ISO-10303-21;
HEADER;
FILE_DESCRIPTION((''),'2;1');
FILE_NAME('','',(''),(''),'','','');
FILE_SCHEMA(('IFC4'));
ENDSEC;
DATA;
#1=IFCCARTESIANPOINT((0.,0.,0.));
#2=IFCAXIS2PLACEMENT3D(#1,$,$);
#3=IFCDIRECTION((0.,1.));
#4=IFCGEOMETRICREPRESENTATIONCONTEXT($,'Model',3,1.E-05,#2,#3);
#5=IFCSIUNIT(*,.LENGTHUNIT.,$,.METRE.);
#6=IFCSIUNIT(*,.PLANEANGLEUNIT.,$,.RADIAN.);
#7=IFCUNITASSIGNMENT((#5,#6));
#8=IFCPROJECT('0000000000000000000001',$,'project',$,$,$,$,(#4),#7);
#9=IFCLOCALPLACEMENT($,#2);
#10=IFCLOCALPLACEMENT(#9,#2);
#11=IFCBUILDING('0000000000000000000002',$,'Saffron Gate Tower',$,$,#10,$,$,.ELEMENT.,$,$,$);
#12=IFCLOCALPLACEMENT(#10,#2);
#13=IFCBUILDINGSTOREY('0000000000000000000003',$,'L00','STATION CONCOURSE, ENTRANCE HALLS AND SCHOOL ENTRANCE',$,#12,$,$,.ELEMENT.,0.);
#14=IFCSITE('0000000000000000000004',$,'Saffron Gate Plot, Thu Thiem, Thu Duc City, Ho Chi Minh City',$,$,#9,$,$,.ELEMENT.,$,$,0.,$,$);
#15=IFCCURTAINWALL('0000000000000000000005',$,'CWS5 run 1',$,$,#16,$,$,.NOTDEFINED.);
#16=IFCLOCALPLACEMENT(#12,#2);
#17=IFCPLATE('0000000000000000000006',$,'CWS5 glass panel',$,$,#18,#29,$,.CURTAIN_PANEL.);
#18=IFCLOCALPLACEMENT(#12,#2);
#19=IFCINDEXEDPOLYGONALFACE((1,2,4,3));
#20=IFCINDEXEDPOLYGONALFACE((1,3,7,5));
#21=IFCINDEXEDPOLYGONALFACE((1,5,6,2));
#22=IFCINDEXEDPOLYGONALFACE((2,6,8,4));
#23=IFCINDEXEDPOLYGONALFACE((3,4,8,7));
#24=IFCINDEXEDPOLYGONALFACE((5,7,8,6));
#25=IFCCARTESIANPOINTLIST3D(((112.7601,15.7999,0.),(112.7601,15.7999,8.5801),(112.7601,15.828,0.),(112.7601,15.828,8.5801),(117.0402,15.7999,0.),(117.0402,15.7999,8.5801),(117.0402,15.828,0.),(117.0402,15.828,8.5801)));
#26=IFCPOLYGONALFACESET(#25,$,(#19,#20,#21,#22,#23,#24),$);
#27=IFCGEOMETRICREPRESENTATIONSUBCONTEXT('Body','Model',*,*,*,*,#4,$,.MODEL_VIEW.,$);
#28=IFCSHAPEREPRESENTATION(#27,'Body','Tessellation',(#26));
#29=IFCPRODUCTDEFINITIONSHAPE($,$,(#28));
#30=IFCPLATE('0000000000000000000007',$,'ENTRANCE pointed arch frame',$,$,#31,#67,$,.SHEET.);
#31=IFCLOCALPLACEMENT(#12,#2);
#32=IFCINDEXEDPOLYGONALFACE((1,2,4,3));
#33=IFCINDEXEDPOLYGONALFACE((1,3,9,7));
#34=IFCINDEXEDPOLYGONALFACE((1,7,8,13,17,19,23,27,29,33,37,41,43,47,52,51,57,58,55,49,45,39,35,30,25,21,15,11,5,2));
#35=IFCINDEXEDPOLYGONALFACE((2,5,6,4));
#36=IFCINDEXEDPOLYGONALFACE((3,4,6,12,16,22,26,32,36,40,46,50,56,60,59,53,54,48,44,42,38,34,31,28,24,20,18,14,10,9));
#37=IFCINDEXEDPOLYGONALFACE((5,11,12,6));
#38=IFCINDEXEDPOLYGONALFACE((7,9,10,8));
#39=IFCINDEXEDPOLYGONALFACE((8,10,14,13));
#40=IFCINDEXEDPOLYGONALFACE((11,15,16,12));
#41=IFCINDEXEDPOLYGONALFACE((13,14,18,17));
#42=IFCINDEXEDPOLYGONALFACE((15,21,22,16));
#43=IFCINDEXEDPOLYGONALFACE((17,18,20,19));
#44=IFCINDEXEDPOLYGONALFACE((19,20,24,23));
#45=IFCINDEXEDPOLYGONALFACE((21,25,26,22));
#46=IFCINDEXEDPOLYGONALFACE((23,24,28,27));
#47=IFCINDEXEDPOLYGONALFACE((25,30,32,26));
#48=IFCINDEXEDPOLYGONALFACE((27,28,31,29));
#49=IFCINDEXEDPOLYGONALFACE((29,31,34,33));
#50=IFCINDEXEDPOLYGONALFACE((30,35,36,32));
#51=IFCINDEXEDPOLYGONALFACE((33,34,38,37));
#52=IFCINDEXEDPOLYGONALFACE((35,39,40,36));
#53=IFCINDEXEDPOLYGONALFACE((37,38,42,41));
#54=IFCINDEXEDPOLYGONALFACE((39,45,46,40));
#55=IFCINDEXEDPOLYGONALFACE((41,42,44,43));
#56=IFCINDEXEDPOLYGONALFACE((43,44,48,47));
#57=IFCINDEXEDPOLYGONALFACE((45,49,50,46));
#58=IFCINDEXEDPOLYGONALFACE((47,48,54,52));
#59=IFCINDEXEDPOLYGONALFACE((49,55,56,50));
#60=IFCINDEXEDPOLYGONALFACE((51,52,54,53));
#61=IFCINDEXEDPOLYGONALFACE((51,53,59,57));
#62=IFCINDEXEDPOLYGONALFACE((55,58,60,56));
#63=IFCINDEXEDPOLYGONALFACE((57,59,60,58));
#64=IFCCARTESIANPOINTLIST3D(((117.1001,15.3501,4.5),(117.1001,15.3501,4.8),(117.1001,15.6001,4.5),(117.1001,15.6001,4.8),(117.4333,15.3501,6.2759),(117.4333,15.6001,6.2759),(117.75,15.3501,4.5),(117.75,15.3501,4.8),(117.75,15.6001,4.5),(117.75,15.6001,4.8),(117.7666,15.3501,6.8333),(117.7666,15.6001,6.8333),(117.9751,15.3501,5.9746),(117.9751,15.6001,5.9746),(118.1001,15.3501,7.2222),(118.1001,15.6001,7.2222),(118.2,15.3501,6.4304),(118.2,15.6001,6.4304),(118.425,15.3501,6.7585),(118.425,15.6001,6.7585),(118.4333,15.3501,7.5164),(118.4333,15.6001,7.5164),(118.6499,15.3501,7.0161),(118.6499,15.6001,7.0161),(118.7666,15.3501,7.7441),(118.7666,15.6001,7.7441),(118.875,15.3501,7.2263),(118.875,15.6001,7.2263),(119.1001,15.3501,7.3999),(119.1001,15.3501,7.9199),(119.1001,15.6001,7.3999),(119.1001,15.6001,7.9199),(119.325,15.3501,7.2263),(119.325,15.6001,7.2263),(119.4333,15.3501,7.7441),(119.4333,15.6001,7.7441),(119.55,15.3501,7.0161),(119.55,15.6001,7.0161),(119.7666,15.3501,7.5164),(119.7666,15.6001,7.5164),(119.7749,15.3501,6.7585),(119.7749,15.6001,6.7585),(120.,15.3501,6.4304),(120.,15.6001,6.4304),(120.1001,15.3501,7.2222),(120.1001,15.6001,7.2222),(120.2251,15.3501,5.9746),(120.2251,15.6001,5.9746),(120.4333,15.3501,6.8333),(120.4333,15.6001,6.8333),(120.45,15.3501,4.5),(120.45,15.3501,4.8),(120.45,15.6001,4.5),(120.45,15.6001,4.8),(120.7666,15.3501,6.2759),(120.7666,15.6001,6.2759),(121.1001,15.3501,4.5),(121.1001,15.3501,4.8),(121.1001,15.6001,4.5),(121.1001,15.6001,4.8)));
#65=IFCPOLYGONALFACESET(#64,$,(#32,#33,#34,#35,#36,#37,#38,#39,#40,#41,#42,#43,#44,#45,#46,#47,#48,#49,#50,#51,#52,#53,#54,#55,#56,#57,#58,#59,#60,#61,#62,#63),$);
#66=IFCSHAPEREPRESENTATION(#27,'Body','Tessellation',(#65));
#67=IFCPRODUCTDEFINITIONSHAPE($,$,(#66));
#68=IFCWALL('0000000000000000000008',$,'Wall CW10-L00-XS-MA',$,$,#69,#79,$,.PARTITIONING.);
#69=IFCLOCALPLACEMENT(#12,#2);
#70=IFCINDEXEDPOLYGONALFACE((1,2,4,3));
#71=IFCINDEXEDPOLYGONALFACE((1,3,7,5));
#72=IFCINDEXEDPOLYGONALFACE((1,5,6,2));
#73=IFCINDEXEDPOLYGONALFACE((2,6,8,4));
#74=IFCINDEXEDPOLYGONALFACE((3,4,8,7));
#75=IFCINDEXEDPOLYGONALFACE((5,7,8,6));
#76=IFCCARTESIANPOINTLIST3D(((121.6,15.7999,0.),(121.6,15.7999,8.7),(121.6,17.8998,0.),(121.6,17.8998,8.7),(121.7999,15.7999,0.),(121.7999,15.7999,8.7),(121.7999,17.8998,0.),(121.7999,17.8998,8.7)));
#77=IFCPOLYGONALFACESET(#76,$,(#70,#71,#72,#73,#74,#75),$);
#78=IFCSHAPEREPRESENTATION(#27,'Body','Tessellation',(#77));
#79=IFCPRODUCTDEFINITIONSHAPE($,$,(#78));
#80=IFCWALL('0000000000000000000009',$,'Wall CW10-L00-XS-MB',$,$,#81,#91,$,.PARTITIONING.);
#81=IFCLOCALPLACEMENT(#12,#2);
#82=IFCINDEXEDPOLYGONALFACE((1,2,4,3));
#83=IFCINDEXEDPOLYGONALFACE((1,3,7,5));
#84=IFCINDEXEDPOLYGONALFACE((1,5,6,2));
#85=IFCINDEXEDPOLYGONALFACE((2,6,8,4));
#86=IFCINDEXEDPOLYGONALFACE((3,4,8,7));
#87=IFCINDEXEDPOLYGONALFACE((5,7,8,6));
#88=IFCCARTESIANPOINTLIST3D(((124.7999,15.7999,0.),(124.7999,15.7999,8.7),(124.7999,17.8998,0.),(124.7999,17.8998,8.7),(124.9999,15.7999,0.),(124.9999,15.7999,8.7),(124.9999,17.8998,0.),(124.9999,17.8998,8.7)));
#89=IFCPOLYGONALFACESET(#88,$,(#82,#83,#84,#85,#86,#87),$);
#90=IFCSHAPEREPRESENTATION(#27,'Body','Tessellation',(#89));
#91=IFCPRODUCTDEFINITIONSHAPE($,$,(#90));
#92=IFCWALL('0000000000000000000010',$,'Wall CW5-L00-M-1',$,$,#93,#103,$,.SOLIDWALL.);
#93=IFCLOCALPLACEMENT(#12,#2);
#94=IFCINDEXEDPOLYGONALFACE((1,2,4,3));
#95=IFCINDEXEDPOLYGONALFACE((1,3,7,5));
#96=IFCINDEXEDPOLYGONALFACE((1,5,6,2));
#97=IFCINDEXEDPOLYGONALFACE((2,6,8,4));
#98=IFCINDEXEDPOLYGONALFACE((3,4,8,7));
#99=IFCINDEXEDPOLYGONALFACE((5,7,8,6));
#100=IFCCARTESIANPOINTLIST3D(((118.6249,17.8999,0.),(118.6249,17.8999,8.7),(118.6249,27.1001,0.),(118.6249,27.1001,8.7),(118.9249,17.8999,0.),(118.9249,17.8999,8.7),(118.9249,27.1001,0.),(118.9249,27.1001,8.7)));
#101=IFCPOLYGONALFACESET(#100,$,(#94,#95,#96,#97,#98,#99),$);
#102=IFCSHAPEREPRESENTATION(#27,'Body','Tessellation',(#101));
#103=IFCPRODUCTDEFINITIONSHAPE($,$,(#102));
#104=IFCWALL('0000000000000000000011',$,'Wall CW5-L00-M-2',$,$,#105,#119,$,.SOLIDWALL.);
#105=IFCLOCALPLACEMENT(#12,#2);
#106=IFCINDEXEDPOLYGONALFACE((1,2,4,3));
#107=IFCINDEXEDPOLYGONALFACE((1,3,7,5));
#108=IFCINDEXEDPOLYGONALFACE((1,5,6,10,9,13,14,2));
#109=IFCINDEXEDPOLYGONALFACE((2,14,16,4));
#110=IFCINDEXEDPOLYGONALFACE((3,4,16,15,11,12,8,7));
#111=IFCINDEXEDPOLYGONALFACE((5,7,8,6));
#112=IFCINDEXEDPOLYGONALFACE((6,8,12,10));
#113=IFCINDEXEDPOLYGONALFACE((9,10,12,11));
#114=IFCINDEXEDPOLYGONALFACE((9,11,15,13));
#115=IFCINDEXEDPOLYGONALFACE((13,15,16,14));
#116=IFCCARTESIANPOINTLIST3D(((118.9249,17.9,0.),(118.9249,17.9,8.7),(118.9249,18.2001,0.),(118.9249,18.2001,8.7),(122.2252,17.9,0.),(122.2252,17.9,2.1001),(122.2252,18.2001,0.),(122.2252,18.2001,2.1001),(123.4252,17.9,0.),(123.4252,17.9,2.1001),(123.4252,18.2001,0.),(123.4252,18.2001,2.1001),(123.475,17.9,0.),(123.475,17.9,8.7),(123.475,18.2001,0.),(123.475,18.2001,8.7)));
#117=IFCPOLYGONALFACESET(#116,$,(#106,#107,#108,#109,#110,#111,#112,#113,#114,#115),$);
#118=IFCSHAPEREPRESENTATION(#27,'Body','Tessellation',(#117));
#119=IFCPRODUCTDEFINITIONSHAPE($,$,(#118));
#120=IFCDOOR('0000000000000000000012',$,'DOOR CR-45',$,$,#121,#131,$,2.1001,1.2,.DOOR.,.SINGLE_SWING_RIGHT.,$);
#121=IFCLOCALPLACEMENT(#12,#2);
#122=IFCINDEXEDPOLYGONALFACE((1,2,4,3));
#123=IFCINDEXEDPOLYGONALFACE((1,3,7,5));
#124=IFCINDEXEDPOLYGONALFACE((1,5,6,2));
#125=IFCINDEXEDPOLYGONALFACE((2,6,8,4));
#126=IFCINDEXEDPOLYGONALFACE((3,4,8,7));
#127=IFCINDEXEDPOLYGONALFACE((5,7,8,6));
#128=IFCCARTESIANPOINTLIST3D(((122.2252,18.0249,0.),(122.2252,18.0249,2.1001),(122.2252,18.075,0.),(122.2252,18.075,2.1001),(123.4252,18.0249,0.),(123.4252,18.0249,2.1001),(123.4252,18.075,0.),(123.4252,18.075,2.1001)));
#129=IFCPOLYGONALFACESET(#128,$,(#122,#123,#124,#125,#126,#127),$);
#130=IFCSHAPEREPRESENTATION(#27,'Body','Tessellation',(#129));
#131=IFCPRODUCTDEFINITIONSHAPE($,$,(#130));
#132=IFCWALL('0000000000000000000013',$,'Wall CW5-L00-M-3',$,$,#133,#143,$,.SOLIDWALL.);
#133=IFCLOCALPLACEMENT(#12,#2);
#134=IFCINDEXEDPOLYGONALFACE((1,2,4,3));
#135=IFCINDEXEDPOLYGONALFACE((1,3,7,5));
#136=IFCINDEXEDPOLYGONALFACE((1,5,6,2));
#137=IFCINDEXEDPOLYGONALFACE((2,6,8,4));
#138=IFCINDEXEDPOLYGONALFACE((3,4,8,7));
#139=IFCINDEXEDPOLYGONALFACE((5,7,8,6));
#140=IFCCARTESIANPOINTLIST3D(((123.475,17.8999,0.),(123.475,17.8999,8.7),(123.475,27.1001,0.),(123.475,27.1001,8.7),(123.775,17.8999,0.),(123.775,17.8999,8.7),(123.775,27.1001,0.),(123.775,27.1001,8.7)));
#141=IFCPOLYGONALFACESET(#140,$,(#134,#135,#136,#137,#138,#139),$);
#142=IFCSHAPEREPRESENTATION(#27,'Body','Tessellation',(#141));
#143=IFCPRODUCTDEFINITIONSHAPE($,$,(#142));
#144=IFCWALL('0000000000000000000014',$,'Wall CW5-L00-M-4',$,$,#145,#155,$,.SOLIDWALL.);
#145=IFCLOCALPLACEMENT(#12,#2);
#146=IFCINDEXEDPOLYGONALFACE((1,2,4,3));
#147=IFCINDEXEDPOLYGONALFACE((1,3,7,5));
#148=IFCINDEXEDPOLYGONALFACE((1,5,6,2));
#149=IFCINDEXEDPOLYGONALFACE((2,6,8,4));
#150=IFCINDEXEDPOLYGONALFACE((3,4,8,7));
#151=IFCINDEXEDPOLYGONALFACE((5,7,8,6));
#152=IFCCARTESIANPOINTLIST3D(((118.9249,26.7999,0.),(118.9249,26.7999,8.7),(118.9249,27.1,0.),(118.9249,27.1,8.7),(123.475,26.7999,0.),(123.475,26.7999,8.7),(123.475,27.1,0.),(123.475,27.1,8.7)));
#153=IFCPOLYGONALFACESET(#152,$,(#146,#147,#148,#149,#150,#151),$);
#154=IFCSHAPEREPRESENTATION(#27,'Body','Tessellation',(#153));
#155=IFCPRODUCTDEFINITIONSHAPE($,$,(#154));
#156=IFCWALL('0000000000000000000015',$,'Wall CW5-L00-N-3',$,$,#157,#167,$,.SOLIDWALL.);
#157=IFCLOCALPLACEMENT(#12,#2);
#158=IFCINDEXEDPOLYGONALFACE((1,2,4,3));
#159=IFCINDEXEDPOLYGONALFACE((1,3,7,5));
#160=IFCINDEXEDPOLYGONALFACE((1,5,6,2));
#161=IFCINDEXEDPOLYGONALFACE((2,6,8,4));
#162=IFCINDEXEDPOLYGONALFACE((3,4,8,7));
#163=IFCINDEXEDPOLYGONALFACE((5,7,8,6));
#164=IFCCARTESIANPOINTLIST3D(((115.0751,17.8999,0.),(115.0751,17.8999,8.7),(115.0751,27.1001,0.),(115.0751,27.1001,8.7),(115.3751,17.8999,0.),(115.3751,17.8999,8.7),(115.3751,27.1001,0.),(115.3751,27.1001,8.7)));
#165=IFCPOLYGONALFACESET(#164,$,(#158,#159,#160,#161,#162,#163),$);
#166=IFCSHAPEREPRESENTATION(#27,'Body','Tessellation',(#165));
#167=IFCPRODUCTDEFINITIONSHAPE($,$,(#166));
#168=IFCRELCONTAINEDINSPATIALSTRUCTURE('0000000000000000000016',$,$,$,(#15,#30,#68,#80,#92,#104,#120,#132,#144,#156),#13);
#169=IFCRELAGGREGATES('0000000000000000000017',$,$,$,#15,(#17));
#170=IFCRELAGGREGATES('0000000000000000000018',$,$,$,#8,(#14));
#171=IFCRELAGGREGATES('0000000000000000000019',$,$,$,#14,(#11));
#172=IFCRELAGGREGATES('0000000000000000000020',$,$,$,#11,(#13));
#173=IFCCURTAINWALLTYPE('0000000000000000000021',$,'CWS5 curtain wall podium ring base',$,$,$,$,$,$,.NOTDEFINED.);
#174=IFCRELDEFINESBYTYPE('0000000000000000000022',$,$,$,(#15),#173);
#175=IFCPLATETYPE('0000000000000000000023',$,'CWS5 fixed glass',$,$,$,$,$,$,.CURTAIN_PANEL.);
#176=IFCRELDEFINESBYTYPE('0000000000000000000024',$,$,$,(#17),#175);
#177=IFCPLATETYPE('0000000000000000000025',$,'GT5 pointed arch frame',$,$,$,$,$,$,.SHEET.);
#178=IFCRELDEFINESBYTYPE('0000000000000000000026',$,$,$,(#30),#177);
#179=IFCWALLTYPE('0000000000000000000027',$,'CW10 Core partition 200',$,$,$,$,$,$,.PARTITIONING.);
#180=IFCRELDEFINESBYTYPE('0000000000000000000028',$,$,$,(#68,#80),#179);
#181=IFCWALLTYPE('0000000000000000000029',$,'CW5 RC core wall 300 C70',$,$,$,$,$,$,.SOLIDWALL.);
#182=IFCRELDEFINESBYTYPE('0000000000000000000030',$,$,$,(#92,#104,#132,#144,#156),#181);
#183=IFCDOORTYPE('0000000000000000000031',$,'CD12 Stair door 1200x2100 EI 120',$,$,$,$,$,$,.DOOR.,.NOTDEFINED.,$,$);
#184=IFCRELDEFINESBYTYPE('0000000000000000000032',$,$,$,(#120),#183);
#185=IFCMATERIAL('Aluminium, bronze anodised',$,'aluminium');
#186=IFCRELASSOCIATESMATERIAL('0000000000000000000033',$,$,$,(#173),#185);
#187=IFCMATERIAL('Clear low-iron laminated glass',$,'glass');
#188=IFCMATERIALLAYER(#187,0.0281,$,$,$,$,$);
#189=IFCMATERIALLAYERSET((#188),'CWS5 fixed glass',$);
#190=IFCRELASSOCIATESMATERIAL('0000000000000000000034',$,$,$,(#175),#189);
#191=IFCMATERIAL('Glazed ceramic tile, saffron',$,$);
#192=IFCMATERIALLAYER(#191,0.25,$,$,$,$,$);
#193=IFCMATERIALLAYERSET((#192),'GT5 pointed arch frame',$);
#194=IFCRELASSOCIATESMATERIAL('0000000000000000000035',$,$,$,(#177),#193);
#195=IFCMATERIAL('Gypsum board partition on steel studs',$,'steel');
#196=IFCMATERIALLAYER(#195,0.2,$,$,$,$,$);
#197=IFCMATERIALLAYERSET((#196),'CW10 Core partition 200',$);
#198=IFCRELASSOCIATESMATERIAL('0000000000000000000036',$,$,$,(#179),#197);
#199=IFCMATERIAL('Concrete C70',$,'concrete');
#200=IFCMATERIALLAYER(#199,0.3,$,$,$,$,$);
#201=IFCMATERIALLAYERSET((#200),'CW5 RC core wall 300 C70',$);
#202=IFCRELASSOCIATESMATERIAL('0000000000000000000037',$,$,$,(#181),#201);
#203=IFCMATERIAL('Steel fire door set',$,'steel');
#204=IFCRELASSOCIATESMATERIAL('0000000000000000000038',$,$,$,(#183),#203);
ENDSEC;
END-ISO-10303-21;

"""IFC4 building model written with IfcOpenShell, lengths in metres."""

from ifc_helpers import new_model, si_unit, direction, frame, frame_2d, origin, place, context, subcontext, project, spatial, polyline, rectangle, outline, extrude, material, layer, layer_set, type_object, element, fill, aggregate, save


model = new_model("IFC4")

# Units and contexts
model_context = context("Model", 3, precision=1e-05, world=origin(), true_north=direction((0.0, 1.0)))
body_context = subcontext(model_context, "Body", "Model", "MODEL_VIEW")
ifc_project = project(units=[si_unit("LENGTHUNIT", "METRE"), si_unit("PLANEANGLEUNIT", "RADIAN")], contexts=[model_context])

# Site, building, storey
site_placement = place(None, origin())
site = spatial("IfcSite", under=ifc_project, at=site_placement, Name="Saffron Gate Plot, Thu Thiem, Thu Duc City, Ho Chi Minh City", CompositionType="ELEMENT", RefElevation=0.0)
building_placement = place(site_placement, origin())
building = spatial("IfcBuilding", under=site, at=building_placement, Name="Saffron Gate Tower", CompositionType="ELEMENT")
storey_placement = place(building_placement, origin())
storey = spatial("IfcBuildingStorey", under=building, at=storey_placement, Name="L00", Description="STATION CONCOURSE, ENTRANCE HALLS AND SCHOOL ENTRANCE", CompositionType="ELEMENT", Elevation=0.0)

# Curtain wall, plate
ifc_material_1 = material(Name="Aluminium, bronze anodised", Category="aluminium")
curtain_wall_type = type_object("IfcCurtainWallType", Name="CWS5 curtain wall podium ring base", PredefinedType="NOTDEFINED", material=ifc_material_1)
curtain_wall_placement = place(storey_placement, origin())
curtain_wall = element("IfcCurtainWall", 1, at=curtain_wall_placement, inside=storey, type_object=curtain_wall_type, Name="CWS5 run 1", PredefinedType="NOTDEFINED")
ifc_material_2 = material(Name="Clear low-iron laminated glass", Category="glass")
ifc_layer_1 = layer(ifc_material_2, 0.0281)
ifc_layer_set_1 = layer_set([ifc_layer_1], Name="CWS5 fixed glass")
plate_type_1 = type_object("IfcPlateType", Name="CWS5 fixed glass", PredefinedType="CURTAIN_PANEL", material=ifc_layer_set_1)
plate_1_placement = place(storey_placement, frame((112.76, 15.814, 0.0), z_axis=(0.0, 0.0, 1.0), x_axis=(1.0, 0.0, 0.0)))
plate_1 = element("IfcPlate", 2, at=plate_1_placement, type_object=plate_type_1, Name="CWS5 glass panel", PredefinedType="CURTAIN_PANEL", context=body_context, shape_type="SweptSolid", body=[
    extrude(rectangle(XDim=4.28, YDim=0.0281, at=frame_2d((2.1401, 0.0))), origin(), (0.0, 0.0, 1.0), 8.5801),
])
aggregate(curtain_wall, [plate_1])

# Plate
ifc_material_3 = material(Name="Glazed ceramic tile, saffron")
ifc_layer_2 = layer(ifc_material_3, 0.25)
ifc_layer_set_2 = layer_set([ifc_layer_2], Name="GT5 pointed arch frame")
plate_type_2 = type_object("IfcPlateType", Name="GT5 pointed arch frame", PredefinedType="SHEET", material=ifc_layer_set_2)
plate_2_placement = place(storey_placement, frame((117.75, 15.3501, 4.5), z_axis=(0.0, -1.0, 0.0), x_axis=(0.0, 0.0, 1.0)))
element("IfcPlate", 3, at=plate_2_placement, inside=storey, type_object=plate_type_2, Name="ENTRANCE pointed arch frame", PredefinedType="SHEET", context=body_context, shape_type="SweptSolid", body=[
    extrude(outline(polyline([(0.0, 0.0), (0.3, 0.0), (1.4746, -0.2251), (1.9304, -0.45), (2.2585, -0.675), (2.5161, -0.8999), (2.7263, -1.125), (2.8999, -1.3501), (2.7263, -1.575), (2.5161, -1.8), (2.2585, -2.0249), (1.9304, -2.25), (1.4746, -2.4751), (0.3, -2.7), (0.0, -2.7), (0.0, -3.3501), (0.3, -3.3501), (1.7759, -3.0166), (2.3333, -2.6833), (2.7222, -2.3501), (3.0164, -2.0166), (3.2441, -1.6833), (3.4199, -1.3501), (3.2441, -1.0166), (3.0164, -0.6833), (2.7222, -0.3501), (2.3333, -0.0166), (1.7759, 0.3167), (0.3, 0.6499), (0.0, 0.6499), (0.0, 0.0)])), origin(), (0.0, 0.0, -1.0), 0.25),
])

# Walls
ifc_material_4 = material(Name="Gypsum board partition on steel studs", Category="steel")
ifc_layer_3 = layer(ifc_material_4, 0.2)
ifc_layer_set_3 = layer_set([ifc_layer_3], Name="CW10 Core partition 200")
wall_type_1 = type_object("IfcWallType", Name="CW10 Core partition 200", PredefinedType="PARTITIONING", material=ifc_layer_set_3)
for number, where, z_axis, x_axis, name in (
    (4, (121.7, 15.8, 0.0), (0.0, 0.0, 1.0), (0.0, 1.0, 0.0), "Wall CW10-L00-XS-MA"),
    (5, (124.8999, 15.8, 0.0), (0.0, 0.0, 1.0), (0.0, 1.0, 0.0), "Wall CW10-L00-XS-MB"),
):
    element("IfcWall", number, at=place(storey_placement, frame(where, z_axis=z_axis, x_axis=x_axis)), inside=storey, type_object=wall_type_1, Name=name, PredefinedType="PARTITIONING", context=body_context, shape_type="SweptSolid", body=[
        extrude(rectangle(XDim=2.0999, YDim=0.2, at=frame_2d((1.0498, 0.0))), origin(), (0.0, 0.0, 1.0), 8.7),
    ])
ifc_material_5 = material(Name="Concrete C70", Category="concrete")
ifc_layer_4 = layer(ifc_material_5, 0.3)
ifc_layer_set_4 = layer_set([ifc_layer_4], Name="CW5 RC core wall 300 C70")
wall_type_2 = type_object("IfcWallType", Name="CW5 RC core wall 300 C70", PredefinedType="SOLIDWALL", material=ifc_layer_set_4)
wall_1_placement = place(storey_placement, frame((118.7749, 17.8999, 0.0), z_axis=(0.0, 0.0, 1.0), x_axis=(0.0, 1.0, 0.0)))
element("IfcWall", 6, at=wall_1_placement, inside=storey, type_object=wall_type_2, Name="Wall CW5-L00-M-1", PredefinedType="SOLIDWALL", context=body_context, shape_type="SweptSolid", body=[
    extrude(rectangle(XDim=9.2002, YDim=0.3, at=frame_2d((4.6001, 0.0))), origin(), (0.0, 0.0, 1.0), 8.7),
])

# Wall, opening, door
wall_2_placement = place(storey_placement, frame((118.925, 18.05, 0.0), z_axis=(0.0, 0.0, 1.0), x_axis=(1.0, 0.0, 0.0)))
wall_2 = element("IfcWall", 7, at=wall_2_placement, inside=storey, type_object=wall_type_2, Name="Wall CW5-L00-M-2", PredefinedType="SOLIDWALL", context=body_context, shape_type="SweptSolid", body=[
    extrude(rectangle(XDim=4.55, YDim=0.3, at=frame_2d((2.2749, 0.0))), origin(), (0.0, 0.0, 1.0), 8.7),
])
opening_1_placement = place(wall_2_placement, frame((3.3, 0.0, 0.0)))
opening_1 = element("IfcOpeningElement", 8, at=opening_1_placement, cuts=wall_2, PredefinedType="OPENING", context=body_context, shape_type="SweptSolid", body=[
    extrude(rectangle(XDim=1.2, YDim=2.1001, at=frame_2d((0.6001, 1.05))), frame((0.0, 0.1602, 0.0), z_axis=(0.0, -1.0, 0.0), x_axis=(1.0, 0.0, 0.0)), (0.0, 0.0, 1.0), 0.3201),
])
ifc_material_6 = material(Name="Steel fire door set", Category="steel")
door_type_1 = type_object("IfcDoorType", Name="CD12 Stair door 1200x2100 EI 120", OperationType="NOTDEFINED", PredefinedType="DOOR", material=ifc_material_6)
door_1_placement = place(opening_1_placement, origin())
door_1 = element("IfcDoor", 9, at=door_1_placement, inside=storey, type_object=door_type_1, Name="DOOR CR-45", OperationType="SINGLE_SWING_RIGHT", OverallHeight=2.1001, OverallWidth=1.2, PredefinedType="DOOR", context=body_context, shape_type="SweptSolid", body=[
    extrude(rectangle(XDim=1.2, YDim=2.1001, at=frame_2d((0.6001, 1.05))), frame((0.0, 0.0249, 0.0), z_axis=(0.0, -1.0, 0.0), x_axis=(1.0, 0.0, 0.0)), (0.0, 0.0, 1.0), 0.05),
])
fill(opening_1, door_1)

# Walls
wall_3_placement = place(storey_placement, frame((123.625, 17.8999, 0.0), z_axis=(0.0, 0.0, 1.0), x_axis=(0.0, 1.0, 0.0)))
element("IfcWall", 10, at=wall_3_placement, inside=storey, type_object=wall_type_2, Name="Wall CW5-L00-M-3", PredefinedType="SOLIDWALL", context=body_context, shape_type="SweptSolid", body=[
    extrude(rectangle(XDim=9.2002, YDim=0.3, at=frame_2d((4.6001, 0.0))), origin(), (0.0, 0.0, 1.0), 8.7),
])
wall_4_placement = place(storey_placement, frame((118.925, 26.95, 0.0), z_axis=(0.0, 0.0, 1.0), x_axis=(1.0, 0.0, 0.0)))
element("IfcWall", 11, at=wall_4_placement, inside=storey, type_object=wall_type_2, Name="Wall CW5-L00-M-4", PredefinedType="SOLIDWALL", context=body_context, shape_type="SweptSolid", body=[
    extrude(rectangle(XDim=4.55, YDim=0.3, at=frame_2d((2.2749, 0.0))), origin(), (0.0, 0.0, 1.0), 8.7),
])
wall_5_placement = place(storey_placement, frame((115.2251, 17.8999, 0.0), z_axis=(0.0, 0.0, 1.0), x_axis=(0.0, 1.0, 0.0)))
element("IfcWall", 12, at=wall_5_placement, inside=storey, type_object=wall_type_2, Name="Wall CW5-L00-N-3", PredefinedType="SOLIDWALL", context=body_context, shape_type="SweptSolid", body=[
    extrude(rectangle(XDim=9.2002, YDim=0.3, at=frame_2d((4.6001, 0.0))), origin(), (0.0, 0.0, 1.0), 8.7),
])

save(model, "model.ifc")
